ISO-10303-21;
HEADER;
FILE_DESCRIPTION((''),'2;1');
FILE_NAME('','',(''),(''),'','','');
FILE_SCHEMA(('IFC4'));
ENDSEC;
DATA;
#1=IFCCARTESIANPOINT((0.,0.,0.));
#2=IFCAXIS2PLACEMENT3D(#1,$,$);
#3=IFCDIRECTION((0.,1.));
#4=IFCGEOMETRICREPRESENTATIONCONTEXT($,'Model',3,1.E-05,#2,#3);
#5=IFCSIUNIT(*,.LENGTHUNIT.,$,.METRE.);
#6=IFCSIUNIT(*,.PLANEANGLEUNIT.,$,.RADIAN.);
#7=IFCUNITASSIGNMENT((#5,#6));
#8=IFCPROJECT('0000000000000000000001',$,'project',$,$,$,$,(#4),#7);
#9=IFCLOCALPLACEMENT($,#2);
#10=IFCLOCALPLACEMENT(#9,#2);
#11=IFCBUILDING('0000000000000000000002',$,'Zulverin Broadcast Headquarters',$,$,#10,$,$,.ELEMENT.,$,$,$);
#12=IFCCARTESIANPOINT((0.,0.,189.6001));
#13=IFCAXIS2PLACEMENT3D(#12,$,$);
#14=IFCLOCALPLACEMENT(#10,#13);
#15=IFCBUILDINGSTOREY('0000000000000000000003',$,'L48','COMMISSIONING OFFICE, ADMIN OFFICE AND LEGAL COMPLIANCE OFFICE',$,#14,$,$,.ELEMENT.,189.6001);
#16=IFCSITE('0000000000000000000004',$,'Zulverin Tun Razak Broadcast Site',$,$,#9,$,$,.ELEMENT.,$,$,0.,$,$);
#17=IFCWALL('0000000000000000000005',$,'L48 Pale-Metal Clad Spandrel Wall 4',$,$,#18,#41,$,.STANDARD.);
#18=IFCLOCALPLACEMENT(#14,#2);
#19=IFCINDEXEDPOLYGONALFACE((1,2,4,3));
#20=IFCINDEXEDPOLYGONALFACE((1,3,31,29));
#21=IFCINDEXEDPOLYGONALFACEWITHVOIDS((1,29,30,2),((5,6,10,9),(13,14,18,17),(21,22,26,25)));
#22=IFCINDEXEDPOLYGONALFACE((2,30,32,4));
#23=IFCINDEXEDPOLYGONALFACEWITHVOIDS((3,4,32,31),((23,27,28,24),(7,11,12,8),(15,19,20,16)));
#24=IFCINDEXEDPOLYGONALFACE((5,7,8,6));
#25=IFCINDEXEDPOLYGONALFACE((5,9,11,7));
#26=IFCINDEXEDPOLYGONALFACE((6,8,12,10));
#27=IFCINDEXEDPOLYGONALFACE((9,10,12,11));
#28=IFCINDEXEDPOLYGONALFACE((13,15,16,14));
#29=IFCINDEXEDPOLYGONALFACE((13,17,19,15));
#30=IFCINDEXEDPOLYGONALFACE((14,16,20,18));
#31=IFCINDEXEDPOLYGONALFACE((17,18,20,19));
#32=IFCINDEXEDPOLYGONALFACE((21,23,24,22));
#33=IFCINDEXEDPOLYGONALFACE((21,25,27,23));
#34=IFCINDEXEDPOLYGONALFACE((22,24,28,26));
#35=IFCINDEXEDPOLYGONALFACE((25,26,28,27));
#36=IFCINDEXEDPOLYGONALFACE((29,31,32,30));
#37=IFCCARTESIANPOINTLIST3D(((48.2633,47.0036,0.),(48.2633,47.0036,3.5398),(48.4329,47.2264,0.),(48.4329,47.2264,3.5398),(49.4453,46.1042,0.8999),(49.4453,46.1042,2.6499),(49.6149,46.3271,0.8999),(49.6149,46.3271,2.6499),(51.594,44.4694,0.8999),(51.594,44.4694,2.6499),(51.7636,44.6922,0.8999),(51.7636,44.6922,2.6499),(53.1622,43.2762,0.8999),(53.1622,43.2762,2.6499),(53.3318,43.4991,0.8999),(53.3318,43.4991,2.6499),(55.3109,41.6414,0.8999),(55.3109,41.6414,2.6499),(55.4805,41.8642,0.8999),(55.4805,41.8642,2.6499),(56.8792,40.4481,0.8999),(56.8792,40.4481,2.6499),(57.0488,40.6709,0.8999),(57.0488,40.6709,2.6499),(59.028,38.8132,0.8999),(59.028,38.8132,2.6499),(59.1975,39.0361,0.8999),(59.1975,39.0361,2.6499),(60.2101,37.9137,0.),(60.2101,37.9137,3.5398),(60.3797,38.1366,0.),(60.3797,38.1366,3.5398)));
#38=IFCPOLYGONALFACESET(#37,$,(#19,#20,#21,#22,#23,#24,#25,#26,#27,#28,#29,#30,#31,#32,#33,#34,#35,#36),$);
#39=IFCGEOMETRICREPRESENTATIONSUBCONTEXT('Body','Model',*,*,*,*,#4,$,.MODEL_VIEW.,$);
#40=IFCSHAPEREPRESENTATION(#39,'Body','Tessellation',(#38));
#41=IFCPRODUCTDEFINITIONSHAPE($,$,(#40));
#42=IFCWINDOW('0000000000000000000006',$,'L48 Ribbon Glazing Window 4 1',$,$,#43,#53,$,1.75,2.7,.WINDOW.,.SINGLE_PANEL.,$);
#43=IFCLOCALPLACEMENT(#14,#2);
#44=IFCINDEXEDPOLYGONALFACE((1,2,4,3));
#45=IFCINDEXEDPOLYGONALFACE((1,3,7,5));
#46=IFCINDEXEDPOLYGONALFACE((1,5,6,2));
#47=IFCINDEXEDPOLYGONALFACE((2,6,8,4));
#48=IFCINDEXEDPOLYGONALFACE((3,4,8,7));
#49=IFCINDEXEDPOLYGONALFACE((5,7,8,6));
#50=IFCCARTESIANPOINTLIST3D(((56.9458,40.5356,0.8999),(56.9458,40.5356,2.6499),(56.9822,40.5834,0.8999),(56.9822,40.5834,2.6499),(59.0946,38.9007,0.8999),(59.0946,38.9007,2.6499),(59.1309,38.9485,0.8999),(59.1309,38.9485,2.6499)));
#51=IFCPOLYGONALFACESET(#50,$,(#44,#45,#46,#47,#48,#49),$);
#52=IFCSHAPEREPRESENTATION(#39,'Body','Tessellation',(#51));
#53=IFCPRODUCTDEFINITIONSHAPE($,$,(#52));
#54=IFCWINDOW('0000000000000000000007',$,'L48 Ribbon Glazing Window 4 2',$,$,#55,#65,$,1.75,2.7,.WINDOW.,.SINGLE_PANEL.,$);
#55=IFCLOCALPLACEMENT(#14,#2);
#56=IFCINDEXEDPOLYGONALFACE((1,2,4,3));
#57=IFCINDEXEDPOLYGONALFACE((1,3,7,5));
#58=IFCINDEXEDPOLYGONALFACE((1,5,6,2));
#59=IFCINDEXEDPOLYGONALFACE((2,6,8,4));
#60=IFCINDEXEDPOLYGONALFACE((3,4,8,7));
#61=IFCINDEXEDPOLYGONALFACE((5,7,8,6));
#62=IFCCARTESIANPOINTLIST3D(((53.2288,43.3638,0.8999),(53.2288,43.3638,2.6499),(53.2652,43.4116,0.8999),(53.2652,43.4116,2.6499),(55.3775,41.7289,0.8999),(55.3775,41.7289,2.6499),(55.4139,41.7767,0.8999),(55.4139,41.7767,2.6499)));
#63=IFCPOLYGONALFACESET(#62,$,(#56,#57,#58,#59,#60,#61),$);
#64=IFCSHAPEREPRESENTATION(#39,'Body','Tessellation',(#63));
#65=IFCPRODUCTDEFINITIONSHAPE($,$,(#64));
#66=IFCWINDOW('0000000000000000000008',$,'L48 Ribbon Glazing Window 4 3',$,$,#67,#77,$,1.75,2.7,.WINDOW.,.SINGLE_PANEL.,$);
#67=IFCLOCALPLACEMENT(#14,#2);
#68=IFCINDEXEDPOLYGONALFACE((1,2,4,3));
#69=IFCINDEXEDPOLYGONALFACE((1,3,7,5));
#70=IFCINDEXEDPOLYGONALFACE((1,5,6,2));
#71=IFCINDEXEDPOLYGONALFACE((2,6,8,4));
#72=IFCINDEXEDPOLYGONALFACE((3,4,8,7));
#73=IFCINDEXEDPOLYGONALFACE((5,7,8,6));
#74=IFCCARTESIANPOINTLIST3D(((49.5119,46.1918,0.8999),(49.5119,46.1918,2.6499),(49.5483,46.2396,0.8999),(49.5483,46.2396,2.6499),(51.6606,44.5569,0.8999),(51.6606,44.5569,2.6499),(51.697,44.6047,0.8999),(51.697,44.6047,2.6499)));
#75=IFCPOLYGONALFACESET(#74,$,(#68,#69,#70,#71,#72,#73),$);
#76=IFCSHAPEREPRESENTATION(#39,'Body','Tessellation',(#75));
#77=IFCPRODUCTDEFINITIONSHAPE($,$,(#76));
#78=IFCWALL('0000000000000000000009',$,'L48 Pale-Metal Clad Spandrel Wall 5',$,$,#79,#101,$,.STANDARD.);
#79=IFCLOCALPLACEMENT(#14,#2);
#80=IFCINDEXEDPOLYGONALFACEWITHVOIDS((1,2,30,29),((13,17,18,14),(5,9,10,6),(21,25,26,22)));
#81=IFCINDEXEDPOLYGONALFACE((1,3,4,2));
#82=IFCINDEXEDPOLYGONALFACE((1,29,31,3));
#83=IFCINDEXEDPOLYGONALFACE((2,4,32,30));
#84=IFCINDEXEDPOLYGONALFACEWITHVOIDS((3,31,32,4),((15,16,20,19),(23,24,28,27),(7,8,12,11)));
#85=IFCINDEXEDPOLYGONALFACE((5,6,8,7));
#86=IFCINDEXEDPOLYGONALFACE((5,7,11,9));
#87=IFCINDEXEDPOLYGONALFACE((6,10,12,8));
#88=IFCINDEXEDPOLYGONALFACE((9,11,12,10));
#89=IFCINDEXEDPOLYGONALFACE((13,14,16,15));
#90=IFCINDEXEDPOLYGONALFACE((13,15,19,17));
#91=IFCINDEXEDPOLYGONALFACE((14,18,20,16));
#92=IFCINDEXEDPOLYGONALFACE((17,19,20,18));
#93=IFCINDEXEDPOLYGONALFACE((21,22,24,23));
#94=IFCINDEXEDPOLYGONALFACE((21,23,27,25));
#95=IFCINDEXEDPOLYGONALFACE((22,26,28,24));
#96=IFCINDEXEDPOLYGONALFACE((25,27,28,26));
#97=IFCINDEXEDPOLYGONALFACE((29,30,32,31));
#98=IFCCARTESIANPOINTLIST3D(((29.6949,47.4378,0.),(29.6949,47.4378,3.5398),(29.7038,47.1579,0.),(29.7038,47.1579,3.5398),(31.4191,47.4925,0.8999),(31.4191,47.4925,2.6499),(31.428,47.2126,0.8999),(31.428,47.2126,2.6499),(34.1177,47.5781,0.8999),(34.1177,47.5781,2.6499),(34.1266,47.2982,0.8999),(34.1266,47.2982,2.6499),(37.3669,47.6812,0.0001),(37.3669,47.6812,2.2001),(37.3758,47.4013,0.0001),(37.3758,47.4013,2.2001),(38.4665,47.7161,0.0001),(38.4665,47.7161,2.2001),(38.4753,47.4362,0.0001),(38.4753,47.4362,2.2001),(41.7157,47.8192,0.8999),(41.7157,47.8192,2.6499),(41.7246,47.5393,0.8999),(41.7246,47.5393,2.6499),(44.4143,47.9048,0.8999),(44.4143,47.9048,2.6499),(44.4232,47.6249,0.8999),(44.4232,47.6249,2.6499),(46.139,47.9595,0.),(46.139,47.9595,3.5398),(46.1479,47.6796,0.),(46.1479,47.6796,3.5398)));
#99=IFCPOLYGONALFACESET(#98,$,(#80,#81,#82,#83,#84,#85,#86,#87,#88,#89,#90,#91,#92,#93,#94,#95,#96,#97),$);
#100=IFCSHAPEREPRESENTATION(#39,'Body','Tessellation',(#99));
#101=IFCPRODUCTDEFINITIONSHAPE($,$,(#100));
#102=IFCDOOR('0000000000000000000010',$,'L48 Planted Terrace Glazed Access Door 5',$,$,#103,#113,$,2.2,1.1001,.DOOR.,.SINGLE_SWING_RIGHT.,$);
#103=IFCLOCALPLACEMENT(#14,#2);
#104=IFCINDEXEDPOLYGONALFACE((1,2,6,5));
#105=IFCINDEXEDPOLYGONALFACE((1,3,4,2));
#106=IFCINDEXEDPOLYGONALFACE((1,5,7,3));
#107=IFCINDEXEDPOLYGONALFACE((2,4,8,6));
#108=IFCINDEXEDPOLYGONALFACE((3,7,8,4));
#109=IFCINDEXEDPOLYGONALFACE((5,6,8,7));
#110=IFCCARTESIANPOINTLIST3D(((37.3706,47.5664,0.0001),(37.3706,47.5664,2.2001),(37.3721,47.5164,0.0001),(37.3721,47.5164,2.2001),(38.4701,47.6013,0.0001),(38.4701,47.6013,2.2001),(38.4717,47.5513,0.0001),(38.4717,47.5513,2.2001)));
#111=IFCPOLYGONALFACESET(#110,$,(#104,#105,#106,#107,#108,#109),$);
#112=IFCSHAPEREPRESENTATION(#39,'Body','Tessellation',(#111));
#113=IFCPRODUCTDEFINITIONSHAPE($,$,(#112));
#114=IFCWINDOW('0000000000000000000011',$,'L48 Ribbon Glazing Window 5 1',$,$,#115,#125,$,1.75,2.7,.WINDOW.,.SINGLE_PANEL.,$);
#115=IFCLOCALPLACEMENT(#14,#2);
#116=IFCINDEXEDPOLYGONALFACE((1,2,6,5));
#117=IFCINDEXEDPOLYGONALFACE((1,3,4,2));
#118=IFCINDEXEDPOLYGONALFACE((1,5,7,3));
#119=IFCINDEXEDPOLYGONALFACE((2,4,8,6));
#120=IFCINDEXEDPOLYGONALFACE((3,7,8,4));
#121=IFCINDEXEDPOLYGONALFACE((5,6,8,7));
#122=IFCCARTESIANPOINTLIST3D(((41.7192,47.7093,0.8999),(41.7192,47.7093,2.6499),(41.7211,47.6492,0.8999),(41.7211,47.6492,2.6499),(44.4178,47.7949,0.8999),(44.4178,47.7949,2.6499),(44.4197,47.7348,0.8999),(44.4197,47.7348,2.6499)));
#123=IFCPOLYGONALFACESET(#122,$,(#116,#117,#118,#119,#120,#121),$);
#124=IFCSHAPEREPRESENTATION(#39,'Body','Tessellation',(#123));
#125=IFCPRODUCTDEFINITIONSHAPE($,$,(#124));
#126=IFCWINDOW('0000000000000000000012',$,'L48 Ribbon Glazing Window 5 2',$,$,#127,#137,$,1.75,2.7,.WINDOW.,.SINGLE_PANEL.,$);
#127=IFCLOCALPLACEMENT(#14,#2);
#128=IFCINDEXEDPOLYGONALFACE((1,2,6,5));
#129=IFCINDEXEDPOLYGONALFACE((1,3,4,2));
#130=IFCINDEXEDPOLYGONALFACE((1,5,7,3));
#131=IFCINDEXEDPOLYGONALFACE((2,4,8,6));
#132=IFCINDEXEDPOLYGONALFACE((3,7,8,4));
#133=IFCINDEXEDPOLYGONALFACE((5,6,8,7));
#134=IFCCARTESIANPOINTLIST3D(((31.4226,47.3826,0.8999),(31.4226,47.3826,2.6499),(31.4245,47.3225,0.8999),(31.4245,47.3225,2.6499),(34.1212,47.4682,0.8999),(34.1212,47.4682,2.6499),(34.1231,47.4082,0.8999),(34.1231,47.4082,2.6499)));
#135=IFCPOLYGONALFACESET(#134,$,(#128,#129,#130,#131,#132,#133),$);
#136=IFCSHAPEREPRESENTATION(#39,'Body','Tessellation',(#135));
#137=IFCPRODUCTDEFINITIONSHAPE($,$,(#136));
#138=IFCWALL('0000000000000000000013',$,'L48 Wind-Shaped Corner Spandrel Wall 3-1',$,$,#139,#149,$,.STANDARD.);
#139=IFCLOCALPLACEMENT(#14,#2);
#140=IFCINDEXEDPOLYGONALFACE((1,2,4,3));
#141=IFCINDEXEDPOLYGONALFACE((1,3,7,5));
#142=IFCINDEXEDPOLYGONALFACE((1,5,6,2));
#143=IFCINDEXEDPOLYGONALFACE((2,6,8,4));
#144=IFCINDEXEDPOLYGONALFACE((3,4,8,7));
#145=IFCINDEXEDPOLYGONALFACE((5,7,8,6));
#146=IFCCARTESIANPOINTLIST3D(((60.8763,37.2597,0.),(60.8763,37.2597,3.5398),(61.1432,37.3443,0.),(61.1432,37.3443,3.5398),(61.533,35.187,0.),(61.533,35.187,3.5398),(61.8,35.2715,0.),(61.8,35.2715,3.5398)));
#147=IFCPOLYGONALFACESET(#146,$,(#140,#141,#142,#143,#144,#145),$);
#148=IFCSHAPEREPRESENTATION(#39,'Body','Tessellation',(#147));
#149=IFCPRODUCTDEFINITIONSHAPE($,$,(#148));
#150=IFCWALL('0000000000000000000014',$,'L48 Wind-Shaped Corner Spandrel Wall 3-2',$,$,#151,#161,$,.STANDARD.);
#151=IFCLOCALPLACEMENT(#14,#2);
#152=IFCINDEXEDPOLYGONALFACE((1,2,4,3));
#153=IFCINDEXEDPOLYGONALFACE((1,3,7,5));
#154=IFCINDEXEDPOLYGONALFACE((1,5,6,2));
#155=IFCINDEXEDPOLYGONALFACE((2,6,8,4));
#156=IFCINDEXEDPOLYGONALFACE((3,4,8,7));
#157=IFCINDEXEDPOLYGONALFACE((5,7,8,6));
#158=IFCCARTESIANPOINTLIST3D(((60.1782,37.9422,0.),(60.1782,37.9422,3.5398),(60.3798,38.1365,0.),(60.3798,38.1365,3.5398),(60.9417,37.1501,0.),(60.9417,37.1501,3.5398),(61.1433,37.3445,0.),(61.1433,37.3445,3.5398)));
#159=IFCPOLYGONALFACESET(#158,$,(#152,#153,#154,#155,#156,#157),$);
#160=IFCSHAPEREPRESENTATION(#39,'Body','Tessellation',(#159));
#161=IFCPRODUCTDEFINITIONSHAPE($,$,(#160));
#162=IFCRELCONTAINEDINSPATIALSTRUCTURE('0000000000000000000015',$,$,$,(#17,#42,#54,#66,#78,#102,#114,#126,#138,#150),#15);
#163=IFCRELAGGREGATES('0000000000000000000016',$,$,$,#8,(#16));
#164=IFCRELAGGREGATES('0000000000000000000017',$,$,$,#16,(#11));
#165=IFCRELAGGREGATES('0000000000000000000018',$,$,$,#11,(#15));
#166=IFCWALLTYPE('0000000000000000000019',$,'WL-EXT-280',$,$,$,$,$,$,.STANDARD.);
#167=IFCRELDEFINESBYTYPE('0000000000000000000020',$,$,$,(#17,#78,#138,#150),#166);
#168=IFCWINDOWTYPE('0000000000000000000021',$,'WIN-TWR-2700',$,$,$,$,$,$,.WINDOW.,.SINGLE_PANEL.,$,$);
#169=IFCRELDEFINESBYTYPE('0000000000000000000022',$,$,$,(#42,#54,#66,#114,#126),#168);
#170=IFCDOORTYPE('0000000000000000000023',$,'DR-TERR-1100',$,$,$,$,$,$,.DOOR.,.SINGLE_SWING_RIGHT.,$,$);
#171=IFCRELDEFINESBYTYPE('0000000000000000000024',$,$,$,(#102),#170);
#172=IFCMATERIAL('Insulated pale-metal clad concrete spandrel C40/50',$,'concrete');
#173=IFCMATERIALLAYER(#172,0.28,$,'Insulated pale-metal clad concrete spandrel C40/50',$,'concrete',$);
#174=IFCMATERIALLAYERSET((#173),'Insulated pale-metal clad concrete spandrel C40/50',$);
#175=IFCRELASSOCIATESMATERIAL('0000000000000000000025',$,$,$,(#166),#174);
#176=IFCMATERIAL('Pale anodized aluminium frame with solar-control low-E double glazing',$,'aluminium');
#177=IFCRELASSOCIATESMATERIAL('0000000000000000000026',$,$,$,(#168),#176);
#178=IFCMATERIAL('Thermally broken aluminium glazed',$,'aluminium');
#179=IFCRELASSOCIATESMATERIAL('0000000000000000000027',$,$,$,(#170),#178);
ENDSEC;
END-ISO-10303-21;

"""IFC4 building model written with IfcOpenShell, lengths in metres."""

from ifc_helpers import new_model, si_unit, direction, frame, frame_2d, origin, place, context, subcontext, project, spatial, rectangle, extrude, material, layer, layer_set, type_object, element, fill, save


model = new_model("IFC4")

# Units and contexts
model_context = context("Model", 3, precision=1e-05, world=origin(), true_north=direction((0.0, 1.0)))
body_context = subcontext(model_context, "Body", "Model", "MODEL_VIEW")
ifc_project = project(units=[si_unit("LENGTHUNIT", "METRE"), si_unit("PLANEANGLEUNIT", "RADIAN")], contexts=[model_context])

# Site, building, storey
site_placement = place(None, origin())
site = spatial("IfcSite", under=ifc_project, at=site_placement, Name="Zulverin Tun Razak Broadcast Site", CompositionType="ELEMENT", RefElevation=0.0)
building_placement = place(site_placement, origin())
building = spatial("IfcBuilding", under=site, at=building_placement, Name="Zulverin Broadcast Headquarters", CompositionType="ELEMENT")
storey_placement = place(building_placement, frame((0.0, 0.0, 189.6001)))
storey = spatial("IfcBuildingStorey", under=building, at=storey_placement, Name="L48", Description="COMMISSIONING OFFICE, ADMIN OFFICE AND LEGAL COMPLIANCE OFFICE", CompositionType="ELEMENT", Elevation=189.6001)

# Wall, openings, windows
ifc_material_1 = material(Name="Insulated pale-metal clad concrete spandrel C40/50", Category="concrete")
ifc_layer_1 = layer(ifc_material_1, 0.28, Name="Insulated pale-metal clad concrete spandrel C40/50", Category="concrete")
ifc_layer_set_1 = layer_set([ifc_layer_1], Name="Insulated pale-metal clad concrete spandrel C40/50")
wall_type = type_object("IfcWallType", Name="WL-EXT-280", PredefinedType="STANDARD", material=ifc_layer_set_1)
wall_1_placement = place(storey_placement, frame((60.2949, 38.0251, 0.0), z_axis=(0.0, 0.0, 1.0), x_axis=(-0.795832, 0.605518, 0.0)))
wall_1 = element("IfcWall", 1, at=wall_1_placement, inside=storey, type_object=wall_type, Name="L48 Pale-Metal Clad Spandrel Wall 4", PredefinedType="STANDARD", context=body_context, shape_type="SweptSolid", body=[
    extrude(rectangle(XDim=15.0117, YDim=0.28, at=frame_2d((7.5059, 0.0))), origin(), (0.0, 0.0, 1.0), 3.5398),
])
opening_1_placement = place(wall_1_placement, frame((1.4854, 0.0, 0.8999)))
opening_1 = element("IfcOpeningElement", 2, at=opening_1_placement, cuts=wall_1, PredefinedType="OPENING", context=body_context, shape_type="SweptSolid", body=[
    extrude(rectangle(XDim=2.7, YDim=1.75, at=frame_2d((1.3501, 0.875))), frame((0.0, 0.1499, 0.0), z_axis=(0.0, -1.0, 0.0), x_axis=(1.0, 0.0, 0.0)), (0.0, 0.0, 1.0), 0.3),
])
opening_2_placement = place(wall_1_placement, frame((6.156, 0.0, 0.8999)))
opening_2 = element("IfcOpeningElement", 3, at=opening_2_placement, cuts=wall_1, PredefinedType="OPENING", context=body_context, shape_type="SweptSolid", body=[
    extrude(rectangle(XDim=2.7, YDim=1.75, at=frame_2d((1.3501, 0.875))), frame((0.0, 0.1499, 0.0), z_axis=(0.0, -1.0, 0.0), x_axis=(1.0, 0.0, 0.0)), (0.0, 0.0, 1.0), 0.3),
])
opening_3_placement = place(wall_1_placement, frame((10.8264, 0.0, 0.8999)))
opening_3 = element("IfcOpeningElement", 4, at=opening_3_placement, cuts=wall_1, PredefinedType="OPENING", context=body_context, shape_type="SweptSolid", body=[
    extrude(rectangle(XDim=2.7, YDim=1.75, at=frame_2d((1.3501, 0.875))), frame((0.0, 0.1499, 0.0), z_axis=(0.0, -1.0, 0.0), x_axis=(1.0, 0.0, 0.0)), (0.0, 0.0, 1.0), 0.3),
])
ifc_material_2 = material(Name="Pale anodized aluminium frame with solar-control low-E double glazing", Category="aluminium")
window_type = type_object("IfcWindowType", Name="WIN-TWR-2700", PartitioningType="SINGLE_PANEL", PredefinedType="WINDOW", material=ifc_material_2)
window_1_placement = place(opening_1_placement, origin())
window_1 = element("IfcWindow", 5, at=window_1_placement, inside=storey, type_object=window_type, Name="L48 Ribbon Glazing Window 4 1", OverallHeight=1.75, OverallWidth=2.7, PartitioningType="SINGLE_PANEL", PredefinedType="WINDOW", context=body_context, shape_type="SweptSolid", body=[
    extrude(rectangle(XDim=2.7, YDim=1.75, at=frame_2d((1.3501, 0.875))), frame((0.0, 0.03, 0.0), z_axis=(0.0, -1.0, 0.0), x_axis=(1.0, 0.0, 0.0)), (0.0, 0.0, 1.0), 0.0601),
])
fill(opening_1, window_1)
window_2_placement = place(opening_2_placement, origin())
window_2 = element("IfcWindow", 6, at=window_2_placement, inside=storey, type_object=window_type, Name="L48 Ribbon Glazing Window 4 2", OverallHeight=1.75, OverallWidth=2.7, PartitioningType="SINGLE_PANEL", PredefinedType="WINDOW", context=body_context, shape_type="SweptSolid", body=[
    extrude(rectangle(XDim=2.7, YDim=1.75, at=frame_2d((1.3501, 0.875))), frame((0.0, 0.03, 0.0), z_axis=(0.0, -1.0, 0.0), x_axis=(1.0, 0.0, 0.0)), (0.0, 0.0, 1.0), 0.0601),
])
fill(opening_2, window_2)
window_3_placement = place(opening_3_placement, origin())
window_3 = element("IfcWindow", 7, at=window_3_placement, inside=storey, type_object=window_type, Name="L48 Ribbon Glazing Window 4 3", OverallHeight=1.75, OverallWidth=2.7, PartitioningType="SINGLE_PANEL", PredefinedType="WINDOW", context=body_context, shape_type="SweptSolid", body=[
    extrude(rectangle(XDim=2.7, YDim=1.75, at=frame_2d((1.3501, 0.875))), frame((0.0, 0.03, 0.0), z_axis=(0.0, -1.0, 0.0), x_axis=(1.0, 0.0, 0.0)), (0.0, 0.0, 1.0), 0.0601),
])
fill(opening_3, window_3)

# Wall, openings, door, windows
wall_2_placement = place(storey_placement, frame((46.1433, 47.8196, 0.0), z_axis=(0.0, 0.0, 1.0), x_axis=(-0.999497, -0.031711, 0.0)))
wall_2 = element("IfcWall", 8, at=wall_2_placement, inside=storey, type_object=wall_type, Name="L48 Pale-Metal Clad Spandrel Wall 5", PredefinedType="STANDARD", context=body_context, shape_type="SweptSolid", body=[
    extrude(rectangle(XDim=16.4524, YDim=0.28, at=frame_2d((8.2261, 0.0))), origin(), (0.0, 0.0, 1.0), 3.5398),
])
opening_4_placement = place(wall_2_placement, frame((7.6763, 0.0, 0.0)))
opening_4 = element("IfcOpeningElement", 9, at=opening_4_placement, cuts=wall_2, PredefinedType="OPENING", context=body_context, shape_type="SweptSolid", body=[
    extrude(rectangle(XDim=1.1001, YDim=2.2, at=frame_2d((0.55, 1.1001))), frame((0.0, 0.1499, 0.0), z_axis=(0.0, -1.0, 0.0), x_axis=(1.0, 0.0, 0.0)), (0.0, 0.0, 1.0), 0.3),
])
opening_5_placement = place(wall_2_placement, frame((1.7253, 0.0, 0.8999)))
opening_5 = element("IfcOpeningElement", 10, at=opening_5_placement, cuts=wall_2, PredefinedType="OPENING", context=body_context, shape_type="SweptSolid", body=[
    extrude(rectangle(XDim=2.7, YDim=1.75, at=frame_2d((1.3501, 0.875))), frame((0.0, 0.1499, 0.0), z_axis=(0.0, -1.0, 0.0), x_axis=(1.0, 0.0, 0.0)), (0.0, 0.0, 1.0), 0.3),
])
opening_6_placement = place(wall_2_placement, frame((12.0271, 0.0, 0.8999)))
opening_6 = element("IfcOpeningElement", 11, at=opening_6_placement, cuts=wall_2, PredefinedType="OPENING", context=body_context, shape_type="SweptSolid", body=[
    extrude(rectangle(XDim=2.7, YDim=1.75, at=frame_2d((1.3501, 0.875))), frame((0.0, 0.1499, 0.0), z_axis=(0.0, -1.0, 0.0), x_axis=(1.0, 0.0, 0.0)), (0.0, 0.0, 1.0), 0.3),
])
ifc_material_3 = material(Name="Thermally broken aluminium glazed", Category="aluminium")
door_type = type_object("IfcDoorType", Name="DR-TERR-1100", OperationType="SINGLE_SWING_RIGHT", PredefinedType="DOOR", material=ifc_material_3)
door_placement = place(opening_4_placement, origin())
door = element("IfcDoor", 12, at=door_placement, inside=storey, type_object=door_type, Name="L48 Planted Terrace Glazed Access Door 5", OperationType="SINGLE_SWING_RIGHT", OverallHeight=2.2, OverallWidth=1.1001, PredefinedType="DOOR", context=body_context, shape_type="SweptSolid", body=[
    extrude(rectangle(XDim=1.1001, YDim=2.2, at=frame_2d((0.55, 1.1001))), frame((0.0, 0.0249, 0.0), z_axis=(0.0, -1.0, 0.0), x_axis=(1.0, 0.0, 0.0)), (0.0, 0.0, 1.0), 0.05),
])
fill(opening_4, door)
window_4_placement = place(opening_5_placement, origin())
window_4 = element("IfcWindow", 13, at=window_4_placement, inside=storey, type_object=window_type, Name="L48 Ribbon Glazing Window 5 1", OverallHeight=1.75, OverallWidth=2.7, PartitioningType="SINGLE_PANEL", PredefinedType="WINDOW", context=body_context, shape_type="SweptSolid", body=[
    extrude(rectangle(XDim=2.7, YDim=1.75, at=frame_2d((1.3501, 0.875))), frame((0.0, 0.03, 0.0), z_axis=(0.0, -1.0, 0.0), x_axis=(1.0, 0.0, 0.0)), (0.0, 0.0, 1.0), 0.0601),
])
fill(opening_5, window_4)
window_5_placement = place(opening_6_placement, origin())
window_5 = element("IfcWindow", 14, at=window_5_placement, inside=storey, type_object=window_type, Name="L48 Ribbon Glazing Window 5 2", OverallHeight=1.75, OverallWidth=2.7, PartitioningType="SINGLE_PANEL", PredefinedType="WINDOW", context=body_context, shape_type="SweptSolid", body=[
    extrude(rectangle(XDim=2.7, YDim=1.75, at=frame_2d((1.3501, 0.875))), frame((0.0, 0.03, 0.0), z_axis=(0.0, -1.0, 0.0), x_axis=(1.0, 0.0, 0.0)), (0.0, 0.0, 1.0), 0.0601),
])
fill(opening_6, window_5)

# Walls
wall_3_placement = place(storey_placement, frame((61.6665, 35.2292, 0.0), z_axis=(0.0, 0.0, 1.0), x_axis=(-0.302045, 0.953294, 0.0)))
element("IfcWall", 15, at=wall_3_placement, inside=storey, type_object=wall_type, Name="L48 Wind-Shaped Corner Spandrel Wall 3-1", PredefinedType="STANDARD", context=body_context, shape_type="SweptSolid", body=[
    extrude(rectangle(XDim=2.1743, YDim=0.28, at=frame_2d((1.0872, 0.0))), origin(), (0.0, 0.0, 1.0), 3.5398),
])
wall_4_placement = place(storey_placement, frame((61.0425, 37.2473, 0.0), z_axis=(0.0, 0.0, 1.0), x_axis=(-0.694004, 0.719971, 0.0)))
element("IfcWall", 16, at=wall_4_placement, inside=storey, type_object=wall_type, Name="L48 Wind-Shaped Corner Spandrel Wall 3-2", PredefinedType="STANDARD", context=body_context, shape_type="SweptSolid", body=[
    extrude(rectangle(XDim=1.1001, YDim=0.28, at=frame_2d((0.55, 0.0))), origin(), (0.0, 0.0, 1.0), 3.5398),
])

save(model, "model.ifc")
